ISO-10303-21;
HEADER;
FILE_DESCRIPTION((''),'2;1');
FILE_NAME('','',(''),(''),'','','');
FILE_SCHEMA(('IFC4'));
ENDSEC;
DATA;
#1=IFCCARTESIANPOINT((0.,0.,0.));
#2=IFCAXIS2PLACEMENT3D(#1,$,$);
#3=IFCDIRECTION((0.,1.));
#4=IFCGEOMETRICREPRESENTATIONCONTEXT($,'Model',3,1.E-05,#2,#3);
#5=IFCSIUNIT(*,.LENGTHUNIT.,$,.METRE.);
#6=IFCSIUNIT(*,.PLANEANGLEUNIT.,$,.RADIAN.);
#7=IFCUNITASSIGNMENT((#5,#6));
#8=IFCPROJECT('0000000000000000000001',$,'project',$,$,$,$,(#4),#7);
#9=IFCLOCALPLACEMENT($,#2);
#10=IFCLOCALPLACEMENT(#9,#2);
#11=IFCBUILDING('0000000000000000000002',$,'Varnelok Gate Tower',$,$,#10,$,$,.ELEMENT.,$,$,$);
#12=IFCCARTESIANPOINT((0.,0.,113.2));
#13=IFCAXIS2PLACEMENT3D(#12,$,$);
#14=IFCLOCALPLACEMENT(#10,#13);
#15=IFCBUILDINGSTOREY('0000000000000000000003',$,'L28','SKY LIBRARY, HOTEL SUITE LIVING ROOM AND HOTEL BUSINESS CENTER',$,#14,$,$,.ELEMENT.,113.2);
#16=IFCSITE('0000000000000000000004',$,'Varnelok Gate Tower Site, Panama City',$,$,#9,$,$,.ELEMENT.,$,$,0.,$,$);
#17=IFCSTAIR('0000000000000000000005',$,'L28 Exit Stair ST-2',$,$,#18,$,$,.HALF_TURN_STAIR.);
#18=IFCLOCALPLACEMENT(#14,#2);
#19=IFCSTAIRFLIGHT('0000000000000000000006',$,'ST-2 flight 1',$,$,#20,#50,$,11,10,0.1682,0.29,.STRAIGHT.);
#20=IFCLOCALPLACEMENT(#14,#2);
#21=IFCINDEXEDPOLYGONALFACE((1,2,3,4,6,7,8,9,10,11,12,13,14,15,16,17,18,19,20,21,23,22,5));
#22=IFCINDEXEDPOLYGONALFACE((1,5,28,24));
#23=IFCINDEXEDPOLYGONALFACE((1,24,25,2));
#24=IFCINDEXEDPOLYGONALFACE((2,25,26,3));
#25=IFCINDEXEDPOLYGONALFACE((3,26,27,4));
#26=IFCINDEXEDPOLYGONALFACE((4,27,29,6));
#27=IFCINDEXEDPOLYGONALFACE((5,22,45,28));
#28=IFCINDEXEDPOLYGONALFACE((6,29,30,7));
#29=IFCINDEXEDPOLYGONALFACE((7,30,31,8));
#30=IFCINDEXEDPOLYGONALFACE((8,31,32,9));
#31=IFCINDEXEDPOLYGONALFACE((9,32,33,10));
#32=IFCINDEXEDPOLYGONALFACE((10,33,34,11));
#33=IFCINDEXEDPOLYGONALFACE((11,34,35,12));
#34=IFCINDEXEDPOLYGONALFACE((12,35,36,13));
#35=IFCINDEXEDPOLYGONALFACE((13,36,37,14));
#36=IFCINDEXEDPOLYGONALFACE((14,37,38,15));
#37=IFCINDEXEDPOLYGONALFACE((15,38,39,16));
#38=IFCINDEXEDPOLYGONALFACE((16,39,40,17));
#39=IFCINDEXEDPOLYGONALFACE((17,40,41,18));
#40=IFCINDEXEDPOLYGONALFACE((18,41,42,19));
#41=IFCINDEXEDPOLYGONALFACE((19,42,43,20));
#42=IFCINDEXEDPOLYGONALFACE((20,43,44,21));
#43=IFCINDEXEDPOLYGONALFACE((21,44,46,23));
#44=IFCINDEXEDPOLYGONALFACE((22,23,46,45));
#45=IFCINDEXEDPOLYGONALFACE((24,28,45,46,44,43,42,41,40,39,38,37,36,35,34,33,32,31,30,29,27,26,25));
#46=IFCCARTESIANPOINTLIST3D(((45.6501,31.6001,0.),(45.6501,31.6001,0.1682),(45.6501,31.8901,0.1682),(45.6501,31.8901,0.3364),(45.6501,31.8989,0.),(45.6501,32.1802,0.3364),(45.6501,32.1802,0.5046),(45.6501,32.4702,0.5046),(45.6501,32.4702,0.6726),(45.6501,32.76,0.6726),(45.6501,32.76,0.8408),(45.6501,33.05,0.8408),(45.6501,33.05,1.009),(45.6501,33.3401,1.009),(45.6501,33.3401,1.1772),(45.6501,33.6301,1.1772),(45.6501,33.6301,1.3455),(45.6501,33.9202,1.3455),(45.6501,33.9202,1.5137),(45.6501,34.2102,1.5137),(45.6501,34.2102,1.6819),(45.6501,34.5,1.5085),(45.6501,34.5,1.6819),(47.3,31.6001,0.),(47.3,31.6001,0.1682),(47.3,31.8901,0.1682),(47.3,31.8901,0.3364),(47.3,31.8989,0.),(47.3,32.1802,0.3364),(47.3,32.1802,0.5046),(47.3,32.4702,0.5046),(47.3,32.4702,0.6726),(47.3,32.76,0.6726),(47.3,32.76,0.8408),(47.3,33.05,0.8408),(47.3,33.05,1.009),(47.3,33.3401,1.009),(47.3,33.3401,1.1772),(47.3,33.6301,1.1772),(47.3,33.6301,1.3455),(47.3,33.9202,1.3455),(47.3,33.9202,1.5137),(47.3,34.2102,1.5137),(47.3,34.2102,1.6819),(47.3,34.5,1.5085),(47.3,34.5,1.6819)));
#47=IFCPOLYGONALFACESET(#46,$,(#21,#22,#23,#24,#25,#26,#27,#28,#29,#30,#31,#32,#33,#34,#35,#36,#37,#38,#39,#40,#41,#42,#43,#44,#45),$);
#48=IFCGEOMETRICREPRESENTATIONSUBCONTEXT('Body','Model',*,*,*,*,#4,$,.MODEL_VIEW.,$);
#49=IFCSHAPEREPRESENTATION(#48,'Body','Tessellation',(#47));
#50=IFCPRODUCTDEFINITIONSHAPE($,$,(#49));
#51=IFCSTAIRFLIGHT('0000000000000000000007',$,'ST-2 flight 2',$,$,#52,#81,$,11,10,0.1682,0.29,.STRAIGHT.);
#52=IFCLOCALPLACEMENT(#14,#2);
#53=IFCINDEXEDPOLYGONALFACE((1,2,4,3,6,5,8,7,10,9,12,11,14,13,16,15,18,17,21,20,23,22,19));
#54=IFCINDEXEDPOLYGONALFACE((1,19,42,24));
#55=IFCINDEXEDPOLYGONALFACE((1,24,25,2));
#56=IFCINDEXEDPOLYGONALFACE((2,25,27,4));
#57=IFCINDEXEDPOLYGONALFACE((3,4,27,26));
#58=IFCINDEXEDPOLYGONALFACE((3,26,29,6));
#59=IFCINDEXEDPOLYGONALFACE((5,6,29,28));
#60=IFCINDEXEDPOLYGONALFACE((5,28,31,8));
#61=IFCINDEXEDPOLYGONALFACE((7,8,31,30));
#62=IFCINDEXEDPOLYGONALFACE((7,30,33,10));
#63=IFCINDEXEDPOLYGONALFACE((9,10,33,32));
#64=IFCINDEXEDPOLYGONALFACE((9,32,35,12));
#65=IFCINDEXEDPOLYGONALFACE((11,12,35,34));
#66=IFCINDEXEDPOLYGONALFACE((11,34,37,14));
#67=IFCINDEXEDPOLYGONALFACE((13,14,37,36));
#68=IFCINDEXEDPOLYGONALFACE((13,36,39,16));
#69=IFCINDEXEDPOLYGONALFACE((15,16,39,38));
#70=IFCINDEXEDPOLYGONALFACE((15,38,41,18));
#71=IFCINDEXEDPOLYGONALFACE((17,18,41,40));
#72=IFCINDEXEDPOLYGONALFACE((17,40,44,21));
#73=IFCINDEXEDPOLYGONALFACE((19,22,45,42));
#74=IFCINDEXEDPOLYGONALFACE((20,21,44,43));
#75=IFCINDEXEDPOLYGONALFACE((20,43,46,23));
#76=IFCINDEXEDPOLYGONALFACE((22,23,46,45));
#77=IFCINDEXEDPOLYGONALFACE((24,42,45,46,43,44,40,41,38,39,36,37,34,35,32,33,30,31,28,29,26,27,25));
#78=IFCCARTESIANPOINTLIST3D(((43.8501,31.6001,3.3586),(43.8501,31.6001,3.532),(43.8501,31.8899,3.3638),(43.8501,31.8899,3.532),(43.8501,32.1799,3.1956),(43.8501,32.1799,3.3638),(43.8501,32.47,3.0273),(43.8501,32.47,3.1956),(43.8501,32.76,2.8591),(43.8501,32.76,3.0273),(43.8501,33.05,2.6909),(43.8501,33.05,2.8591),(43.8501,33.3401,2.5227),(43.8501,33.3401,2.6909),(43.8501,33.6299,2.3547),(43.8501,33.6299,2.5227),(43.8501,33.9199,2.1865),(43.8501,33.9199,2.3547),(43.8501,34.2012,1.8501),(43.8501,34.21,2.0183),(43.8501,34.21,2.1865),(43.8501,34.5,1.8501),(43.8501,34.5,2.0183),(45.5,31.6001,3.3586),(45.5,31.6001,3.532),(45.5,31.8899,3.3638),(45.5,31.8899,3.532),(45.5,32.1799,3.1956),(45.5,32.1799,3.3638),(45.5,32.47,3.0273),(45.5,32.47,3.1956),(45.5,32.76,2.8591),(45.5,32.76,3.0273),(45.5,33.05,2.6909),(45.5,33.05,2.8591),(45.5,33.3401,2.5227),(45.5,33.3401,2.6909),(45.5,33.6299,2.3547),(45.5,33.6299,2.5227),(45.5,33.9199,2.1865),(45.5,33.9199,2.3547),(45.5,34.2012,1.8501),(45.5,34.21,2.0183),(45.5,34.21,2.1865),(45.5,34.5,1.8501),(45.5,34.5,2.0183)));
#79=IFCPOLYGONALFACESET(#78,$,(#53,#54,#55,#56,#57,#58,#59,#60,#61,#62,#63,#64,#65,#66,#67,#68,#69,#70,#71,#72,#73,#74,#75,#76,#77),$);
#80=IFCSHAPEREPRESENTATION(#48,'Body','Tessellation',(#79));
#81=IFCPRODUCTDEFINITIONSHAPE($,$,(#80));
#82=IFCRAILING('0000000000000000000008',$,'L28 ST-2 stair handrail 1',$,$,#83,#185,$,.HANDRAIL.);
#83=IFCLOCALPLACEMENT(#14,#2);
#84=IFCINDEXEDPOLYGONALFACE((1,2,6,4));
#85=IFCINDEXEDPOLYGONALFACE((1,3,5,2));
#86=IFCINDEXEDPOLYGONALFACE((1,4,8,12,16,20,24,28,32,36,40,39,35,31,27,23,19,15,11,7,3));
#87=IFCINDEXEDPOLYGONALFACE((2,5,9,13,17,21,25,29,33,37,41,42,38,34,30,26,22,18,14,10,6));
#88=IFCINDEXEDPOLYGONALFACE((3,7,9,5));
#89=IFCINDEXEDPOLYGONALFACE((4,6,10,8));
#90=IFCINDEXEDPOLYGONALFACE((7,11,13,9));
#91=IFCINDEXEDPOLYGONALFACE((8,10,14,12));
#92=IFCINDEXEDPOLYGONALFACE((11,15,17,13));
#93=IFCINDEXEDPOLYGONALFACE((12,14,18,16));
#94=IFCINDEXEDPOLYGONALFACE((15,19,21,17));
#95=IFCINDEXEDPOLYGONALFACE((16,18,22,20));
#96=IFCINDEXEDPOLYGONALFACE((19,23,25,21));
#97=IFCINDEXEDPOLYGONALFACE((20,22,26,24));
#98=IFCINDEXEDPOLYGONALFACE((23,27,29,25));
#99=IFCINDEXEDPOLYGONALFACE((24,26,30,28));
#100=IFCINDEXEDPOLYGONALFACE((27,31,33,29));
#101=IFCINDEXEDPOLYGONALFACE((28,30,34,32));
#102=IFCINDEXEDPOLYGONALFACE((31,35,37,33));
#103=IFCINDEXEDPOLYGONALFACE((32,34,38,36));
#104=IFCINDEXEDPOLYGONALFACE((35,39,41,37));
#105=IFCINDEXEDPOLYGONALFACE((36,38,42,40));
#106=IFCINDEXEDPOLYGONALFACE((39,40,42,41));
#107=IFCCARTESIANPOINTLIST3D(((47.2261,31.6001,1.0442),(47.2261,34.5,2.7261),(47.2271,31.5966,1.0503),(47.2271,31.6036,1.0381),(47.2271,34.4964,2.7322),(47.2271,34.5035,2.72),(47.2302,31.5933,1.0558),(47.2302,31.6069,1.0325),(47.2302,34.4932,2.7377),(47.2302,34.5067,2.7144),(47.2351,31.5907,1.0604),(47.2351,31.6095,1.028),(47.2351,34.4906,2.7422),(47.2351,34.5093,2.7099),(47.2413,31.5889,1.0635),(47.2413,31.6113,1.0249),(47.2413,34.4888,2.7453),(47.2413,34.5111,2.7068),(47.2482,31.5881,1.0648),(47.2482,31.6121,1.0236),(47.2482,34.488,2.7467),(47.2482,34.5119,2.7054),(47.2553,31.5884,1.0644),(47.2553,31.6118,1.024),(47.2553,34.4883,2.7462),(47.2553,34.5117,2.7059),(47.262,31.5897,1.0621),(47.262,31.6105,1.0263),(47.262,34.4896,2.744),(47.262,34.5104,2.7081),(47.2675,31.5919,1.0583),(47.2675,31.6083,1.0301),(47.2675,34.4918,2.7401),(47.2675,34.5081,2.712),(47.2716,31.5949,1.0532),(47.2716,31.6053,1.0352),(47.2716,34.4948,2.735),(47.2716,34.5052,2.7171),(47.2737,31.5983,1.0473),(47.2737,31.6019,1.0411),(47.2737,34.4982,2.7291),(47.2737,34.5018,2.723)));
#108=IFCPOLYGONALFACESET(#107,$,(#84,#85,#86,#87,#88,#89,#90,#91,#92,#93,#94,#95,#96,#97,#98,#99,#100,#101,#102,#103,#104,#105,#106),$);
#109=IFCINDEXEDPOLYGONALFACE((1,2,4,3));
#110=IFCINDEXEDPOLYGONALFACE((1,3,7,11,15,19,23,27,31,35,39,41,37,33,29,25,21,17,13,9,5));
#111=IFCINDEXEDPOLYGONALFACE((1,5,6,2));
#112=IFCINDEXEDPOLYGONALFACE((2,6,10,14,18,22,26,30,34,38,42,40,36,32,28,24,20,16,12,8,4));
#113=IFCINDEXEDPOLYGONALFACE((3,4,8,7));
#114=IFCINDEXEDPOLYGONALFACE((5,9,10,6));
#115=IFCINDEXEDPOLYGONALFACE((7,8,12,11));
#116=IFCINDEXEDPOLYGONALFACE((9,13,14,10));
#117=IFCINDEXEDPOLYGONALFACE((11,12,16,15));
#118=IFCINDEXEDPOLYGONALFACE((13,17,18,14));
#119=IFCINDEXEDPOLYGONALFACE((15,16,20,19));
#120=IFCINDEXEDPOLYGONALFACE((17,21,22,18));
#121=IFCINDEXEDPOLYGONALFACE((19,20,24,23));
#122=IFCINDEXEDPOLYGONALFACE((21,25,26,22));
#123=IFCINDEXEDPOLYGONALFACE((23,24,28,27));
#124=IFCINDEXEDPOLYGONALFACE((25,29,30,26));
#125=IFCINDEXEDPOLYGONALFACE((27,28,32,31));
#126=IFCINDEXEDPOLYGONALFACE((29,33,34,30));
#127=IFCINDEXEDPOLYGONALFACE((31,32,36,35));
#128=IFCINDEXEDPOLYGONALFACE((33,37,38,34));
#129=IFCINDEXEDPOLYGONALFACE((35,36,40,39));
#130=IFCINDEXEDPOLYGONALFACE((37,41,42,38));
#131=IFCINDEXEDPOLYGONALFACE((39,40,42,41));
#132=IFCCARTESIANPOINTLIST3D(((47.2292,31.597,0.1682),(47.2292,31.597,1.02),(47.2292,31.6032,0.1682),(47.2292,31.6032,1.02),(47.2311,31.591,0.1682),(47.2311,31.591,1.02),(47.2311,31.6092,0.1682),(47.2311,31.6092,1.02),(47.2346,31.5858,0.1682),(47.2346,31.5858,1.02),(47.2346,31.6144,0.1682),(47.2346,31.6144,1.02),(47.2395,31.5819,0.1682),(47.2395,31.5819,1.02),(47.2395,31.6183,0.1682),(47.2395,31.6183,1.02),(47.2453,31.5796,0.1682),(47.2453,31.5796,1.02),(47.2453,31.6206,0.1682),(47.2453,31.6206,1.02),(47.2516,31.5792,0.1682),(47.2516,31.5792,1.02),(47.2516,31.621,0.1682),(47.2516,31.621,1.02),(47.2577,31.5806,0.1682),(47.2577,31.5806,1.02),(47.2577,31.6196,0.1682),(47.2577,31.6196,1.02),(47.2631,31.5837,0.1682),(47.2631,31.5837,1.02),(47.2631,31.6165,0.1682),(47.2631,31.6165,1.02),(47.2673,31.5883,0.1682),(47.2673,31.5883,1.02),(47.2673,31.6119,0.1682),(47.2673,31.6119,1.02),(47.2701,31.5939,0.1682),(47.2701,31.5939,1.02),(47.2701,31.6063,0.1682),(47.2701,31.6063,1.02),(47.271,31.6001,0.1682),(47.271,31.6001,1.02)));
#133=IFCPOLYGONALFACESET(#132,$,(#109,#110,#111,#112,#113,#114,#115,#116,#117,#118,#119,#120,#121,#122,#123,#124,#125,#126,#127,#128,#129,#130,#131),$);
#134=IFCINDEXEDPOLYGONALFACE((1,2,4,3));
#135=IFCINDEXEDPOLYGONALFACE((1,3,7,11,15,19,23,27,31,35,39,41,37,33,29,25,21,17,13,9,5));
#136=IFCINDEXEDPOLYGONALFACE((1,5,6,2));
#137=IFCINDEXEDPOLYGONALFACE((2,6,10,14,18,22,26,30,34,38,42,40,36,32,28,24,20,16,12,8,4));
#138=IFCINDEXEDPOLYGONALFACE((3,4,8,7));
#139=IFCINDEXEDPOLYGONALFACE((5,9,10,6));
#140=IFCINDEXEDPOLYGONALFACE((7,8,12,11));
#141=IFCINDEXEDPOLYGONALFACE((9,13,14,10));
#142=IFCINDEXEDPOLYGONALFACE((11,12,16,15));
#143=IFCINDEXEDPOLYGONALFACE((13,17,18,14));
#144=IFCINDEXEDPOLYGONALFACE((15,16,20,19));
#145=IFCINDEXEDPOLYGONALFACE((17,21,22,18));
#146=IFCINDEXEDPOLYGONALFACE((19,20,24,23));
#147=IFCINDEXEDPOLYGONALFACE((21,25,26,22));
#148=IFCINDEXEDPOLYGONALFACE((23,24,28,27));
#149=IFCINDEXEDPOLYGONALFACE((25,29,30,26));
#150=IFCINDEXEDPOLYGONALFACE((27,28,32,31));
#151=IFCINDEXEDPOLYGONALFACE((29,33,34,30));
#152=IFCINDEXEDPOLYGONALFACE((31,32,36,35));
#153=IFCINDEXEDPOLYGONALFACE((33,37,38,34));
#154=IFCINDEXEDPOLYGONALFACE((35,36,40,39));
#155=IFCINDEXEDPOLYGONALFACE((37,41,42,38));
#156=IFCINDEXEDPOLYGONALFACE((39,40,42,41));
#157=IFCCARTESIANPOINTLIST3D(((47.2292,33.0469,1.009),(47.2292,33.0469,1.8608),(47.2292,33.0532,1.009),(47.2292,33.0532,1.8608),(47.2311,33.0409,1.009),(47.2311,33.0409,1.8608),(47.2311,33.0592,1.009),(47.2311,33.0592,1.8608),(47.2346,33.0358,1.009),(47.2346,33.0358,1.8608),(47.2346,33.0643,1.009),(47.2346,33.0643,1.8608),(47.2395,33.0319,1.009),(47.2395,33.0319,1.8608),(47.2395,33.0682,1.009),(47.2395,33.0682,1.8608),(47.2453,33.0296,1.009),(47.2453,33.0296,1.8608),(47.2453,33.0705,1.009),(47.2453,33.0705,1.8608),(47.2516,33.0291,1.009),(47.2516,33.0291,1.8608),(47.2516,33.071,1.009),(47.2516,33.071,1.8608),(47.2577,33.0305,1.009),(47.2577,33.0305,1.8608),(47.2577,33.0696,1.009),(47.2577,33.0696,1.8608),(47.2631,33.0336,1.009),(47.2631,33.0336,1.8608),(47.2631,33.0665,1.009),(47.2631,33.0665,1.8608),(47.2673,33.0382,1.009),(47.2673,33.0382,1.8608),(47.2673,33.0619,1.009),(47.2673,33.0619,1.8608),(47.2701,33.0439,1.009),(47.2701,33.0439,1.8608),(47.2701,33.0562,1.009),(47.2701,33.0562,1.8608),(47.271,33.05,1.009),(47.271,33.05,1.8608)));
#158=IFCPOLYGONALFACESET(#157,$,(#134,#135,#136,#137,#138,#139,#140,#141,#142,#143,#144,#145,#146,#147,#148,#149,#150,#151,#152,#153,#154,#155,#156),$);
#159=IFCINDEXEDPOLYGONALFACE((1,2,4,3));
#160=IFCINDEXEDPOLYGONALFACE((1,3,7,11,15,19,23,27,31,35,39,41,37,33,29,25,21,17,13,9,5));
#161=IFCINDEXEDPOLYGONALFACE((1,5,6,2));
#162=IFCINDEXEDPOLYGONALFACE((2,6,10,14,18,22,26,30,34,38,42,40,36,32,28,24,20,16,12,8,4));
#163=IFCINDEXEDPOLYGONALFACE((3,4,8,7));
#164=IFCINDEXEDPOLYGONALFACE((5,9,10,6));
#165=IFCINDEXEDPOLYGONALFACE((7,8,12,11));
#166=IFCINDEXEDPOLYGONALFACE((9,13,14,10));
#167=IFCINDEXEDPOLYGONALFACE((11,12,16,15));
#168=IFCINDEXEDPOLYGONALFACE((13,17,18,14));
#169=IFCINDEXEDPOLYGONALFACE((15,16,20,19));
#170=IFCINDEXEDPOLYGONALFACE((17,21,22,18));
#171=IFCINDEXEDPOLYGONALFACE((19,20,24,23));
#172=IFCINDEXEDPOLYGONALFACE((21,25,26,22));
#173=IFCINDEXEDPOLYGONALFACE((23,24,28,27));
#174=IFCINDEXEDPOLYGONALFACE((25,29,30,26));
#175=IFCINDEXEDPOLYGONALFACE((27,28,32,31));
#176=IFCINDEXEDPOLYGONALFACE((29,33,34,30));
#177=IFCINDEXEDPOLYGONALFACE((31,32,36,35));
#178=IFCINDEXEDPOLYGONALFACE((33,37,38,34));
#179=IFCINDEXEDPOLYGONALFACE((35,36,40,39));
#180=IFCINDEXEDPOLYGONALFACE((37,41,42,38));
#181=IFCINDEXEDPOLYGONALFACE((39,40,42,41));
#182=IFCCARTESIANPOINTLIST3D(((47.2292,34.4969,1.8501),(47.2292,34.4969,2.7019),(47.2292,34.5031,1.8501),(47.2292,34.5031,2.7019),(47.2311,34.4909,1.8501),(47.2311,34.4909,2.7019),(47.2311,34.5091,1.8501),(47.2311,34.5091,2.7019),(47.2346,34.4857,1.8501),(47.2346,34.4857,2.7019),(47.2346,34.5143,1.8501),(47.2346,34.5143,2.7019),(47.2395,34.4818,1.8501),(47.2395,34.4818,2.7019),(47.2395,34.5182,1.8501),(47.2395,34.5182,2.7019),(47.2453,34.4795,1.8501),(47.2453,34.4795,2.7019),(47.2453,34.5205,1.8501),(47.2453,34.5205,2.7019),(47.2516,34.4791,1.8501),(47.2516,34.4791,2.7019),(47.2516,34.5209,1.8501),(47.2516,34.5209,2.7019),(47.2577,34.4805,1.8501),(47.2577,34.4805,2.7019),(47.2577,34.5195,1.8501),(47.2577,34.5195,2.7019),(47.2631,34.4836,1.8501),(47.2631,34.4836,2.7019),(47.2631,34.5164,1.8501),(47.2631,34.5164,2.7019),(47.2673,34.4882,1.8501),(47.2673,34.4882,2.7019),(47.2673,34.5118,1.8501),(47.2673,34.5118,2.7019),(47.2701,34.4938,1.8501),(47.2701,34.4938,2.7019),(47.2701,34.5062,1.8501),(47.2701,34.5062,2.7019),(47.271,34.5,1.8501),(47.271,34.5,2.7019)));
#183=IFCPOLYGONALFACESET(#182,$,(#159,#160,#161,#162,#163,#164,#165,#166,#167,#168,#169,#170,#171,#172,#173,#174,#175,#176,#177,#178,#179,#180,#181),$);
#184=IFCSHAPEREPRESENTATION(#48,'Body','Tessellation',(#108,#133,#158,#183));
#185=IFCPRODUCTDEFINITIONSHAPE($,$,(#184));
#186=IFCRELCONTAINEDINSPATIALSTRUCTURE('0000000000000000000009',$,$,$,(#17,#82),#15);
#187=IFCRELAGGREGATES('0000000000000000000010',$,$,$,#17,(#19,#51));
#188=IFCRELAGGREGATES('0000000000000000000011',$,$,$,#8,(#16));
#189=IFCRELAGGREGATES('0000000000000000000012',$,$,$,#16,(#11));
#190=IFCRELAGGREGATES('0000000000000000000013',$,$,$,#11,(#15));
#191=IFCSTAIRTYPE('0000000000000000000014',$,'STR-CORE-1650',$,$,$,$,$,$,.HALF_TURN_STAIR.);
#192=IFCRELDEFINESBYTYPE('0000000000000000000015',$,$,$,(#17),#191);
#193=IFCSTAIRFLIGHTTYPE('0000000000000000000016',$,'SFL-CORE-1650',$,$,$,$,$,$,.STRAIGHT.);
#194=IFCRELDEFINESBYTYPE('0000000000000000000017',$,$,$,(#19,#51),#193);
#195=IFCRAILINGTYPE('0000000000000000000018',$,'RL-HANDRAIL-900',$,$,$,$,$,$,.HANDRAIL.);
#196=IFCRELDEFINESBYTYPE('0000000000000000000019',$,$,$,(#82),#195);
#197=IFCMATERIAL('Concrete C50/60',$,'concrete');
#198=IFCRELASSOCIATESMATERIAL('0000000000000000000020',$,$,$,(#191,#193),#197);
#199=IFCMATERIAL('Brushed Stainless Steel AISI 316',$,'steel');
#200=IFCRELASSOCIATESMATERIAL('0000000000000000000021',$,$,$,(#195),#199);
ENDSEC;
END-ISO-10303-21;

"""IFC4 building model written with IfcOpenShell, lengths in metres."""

from ifc_helpers import new_model, si_unit, direction, frame, origin, origin_2d, place, context, subcontext, project, spatial, polyline, circle, outline, extrude, material, type_object, element, aggregate, save


model = new_model("IFC4")

# Units and contexts
model_context = context("Model", 3, precision=1e-05, world=origin(), true_north=direction((0.0, 1.0)))
body_context = subcontext(model_context, "Body", "Model", "MODEL_VIEW")
ifc_project = project(units=[si_unit("LENGTHUNIT", "METRE"), si_unit("PLANEANGLEUNIT", "RADIAN")], contexts=[model_context])

# Site, building, storey
site_placement = place(None, origin())
site = spatial("IfcSite", under=ifc_project, at=site_placement, Name="Varnelok Gate Tower Site, Panama City", CompositionType="ELEMENT", RefElevation=0.0)
building_placement = place(site_placement, origin())
building = spatial("IfcBuilding", under=site, at=building_placement, Name="Varnelok Gate Tower", CompositionType="ELEMENT")
storey_placement = place(building_placement, frame((0.0, 0.0, 113.2)))
storey = spatial("IfcBuildingStorey", under=building, at=storey_placement, Name="L28", Description="SKY LIBRARY, HOTEL SUITE LIVING ROOM AND HOTEL BUSINESS CENTER", CompositionType="ELEMENT", Elevation=113.2)

# Stair, stair flights
ifc_material_1 = material(Name="Concrete C50/60", Category="concrete")
stair_type = type_object("IfcStairType", Name="STR-CORE-1650", PredefinedType="HALF_TURN_STAIR", material=ifc_material_1)
stair_placement = place(storey_placement, origin())
stair = element("IfcStair", 1, at=stair_placement, inside=storey, type_object=stair_type, Name="L28 Exit Stair ST-2", PredefinedType="HALF_TURN_STAIR")
stair_flight_type = type_object("IfcStairFlightType", Name="SFL-CORE-1650", PredefinedType="STRAIGHT", material=ifc_material_1)
stair_flight_1_placement = place(storey_placement, frame((46.4751, 31.6001, 0.0), z_axis=(0.0, 0.0, 1.0), x_axis=(0.0, 1.0, 0.0)))
stair_flight_1 = element("IfcStairFlight", 2, at=stair_flight_1_placement, type_object=stair_flight_type, Name="ST-2 flight 1", NumberOfRisers=11, NumberOfTreads=10, PredefinedType="STRAIGHT", RiserHeight=0.1682, TreadLength=0.29, context=body_context, shape_type="SweptSolid", body=[
    extrude(outline(polyline([(0.0, 0.0), (0.0, 0.1682), (0.29, 0.1682), (0.29, 0.3364), (0.5801, 0.3364), (0.5801, 0.5046), (0.8701, 0.5046), (0.8701, 0.6726), (1.1599, 0.6726), (1.1599, 0.8408), (1.45, 0.8408), (1.45, 1.009), (1.74, 1.009), (1.74, 1.1772), (2.03, 1.1772), (2.03, 1.3455), (2.3201, 1.3455), (2.3201, 1.5137), (2.6101, 1.5137), (2.6101, 1.6819), (2.8999, 1.6819), (2.8999, 1.8501), (2.8999, 1.5085), (0.2988, 0.0), (0.0, 0.0)])), frame((0.0, 0.825, 0.0), z_axis=(0.0, -1.0, 0.0), x_axis=(1.0, 0.0, 0.0)), (0.0, 0.0, 1.0), 1.6499),
])
stair_flight_2_placement = place(storey_placement, frame((44.675, 34.5, 1.8501), z_axis=(0.0, 0.0, 1.0), x_axis=(0.0, -1.0, 0.0)))
stair_flight_2 = element("IfcStairFlight", 3, at=stair_flight_2_placement, type_object=stair_flight_type, Name="ST-2 flight 2", NumberOfRisers=11, NumberOfTreads=10, PredefinedType="STRAIGHT", RiserHeight=0.1682, TreadLength=0.29, context=body_context, shape_type="SweptSolid", body=[
    extrude(outline(polyline([(0.0, 0.0), (0.0, 0.1682), (0.29, 0.1682), (0.29, 0.3364), (0.5801, 0.3364), (0.5801, 0.5046), (0.8701, 0.5046), (0.8701, 0.6726), (1.1599, 0.6726), (1.1599, 0.8408), (1.45, 0.8408), (1.45, 1.009), (1.74, 1.009), (1.74, 1.1772), (2.03, 1.1772), (2.03, 1.3455), (2.3201, 1.3455), (2.3201, 1.5137), (2.6101, 1.5137), (2.6101, 1.6819), (2.8999, 1.6819), (2.8999, 1.8501), (2.8999, 1.5085), (0.2988, 0.0), (0.0, 0.0)])), frame((0.0, 0.825, 0.0), z_axis=(0.0, -1.0, 0.0), x_axis=(1.0, 0.0, 0.0)), (0.0, 0.0, 1.0), 1.6499),
])
aggregate(stair, [stair_flight_1, stair_flight_2])

# Railing
ifc_material_2 = material(Name="Brushed Stainless Steel AISI 316", Category="steel")
railing_type_1 = type_object("IfcRailingType", Name="RL-HANDRAIL-900", PredefinedType="HANDRAIL", material=ifc_material_2)
railing_1_placement = place(storey_placement, frame((47.25, 31.6001, 0.1682)))
element("IfcRailing", 4, at=railing_1_placement, inside=storey, type_object=railing_type_1, Name="L28 ST-2 stair handrail 1", PredefinedType="HANDRAIL", context=body_context, shape_type="SweptSolid", body=[
    extrude(circle(Radius=0.0239, at=origin_2d()), frame((0.0, 0.0, 0.876), z_axis=(0.0, 0.865039, 0.501705), x_axis=(-1.0, 0.0, 0.0)), (0.0, 0.0, 1.0), 3.3523),
    extrude(circle(Radius=0.021, at=origin_2d()), origin(), (0.0, 0.0, 1.0), 0.8518),
    extrude(circle(Radius=0.021, at=origin_2d()), frame((0.0, 1.45, 0.8408)), (0.0, 0.0, 1.0), 0.8518),
    extrude(circle(Radius=0.021, at=origin_2d()), frame((0.0, 2.8999, 1.6819)), (0.0, 0.0, 1.0), 0.8518),
])

save(model, "model.ifc")
